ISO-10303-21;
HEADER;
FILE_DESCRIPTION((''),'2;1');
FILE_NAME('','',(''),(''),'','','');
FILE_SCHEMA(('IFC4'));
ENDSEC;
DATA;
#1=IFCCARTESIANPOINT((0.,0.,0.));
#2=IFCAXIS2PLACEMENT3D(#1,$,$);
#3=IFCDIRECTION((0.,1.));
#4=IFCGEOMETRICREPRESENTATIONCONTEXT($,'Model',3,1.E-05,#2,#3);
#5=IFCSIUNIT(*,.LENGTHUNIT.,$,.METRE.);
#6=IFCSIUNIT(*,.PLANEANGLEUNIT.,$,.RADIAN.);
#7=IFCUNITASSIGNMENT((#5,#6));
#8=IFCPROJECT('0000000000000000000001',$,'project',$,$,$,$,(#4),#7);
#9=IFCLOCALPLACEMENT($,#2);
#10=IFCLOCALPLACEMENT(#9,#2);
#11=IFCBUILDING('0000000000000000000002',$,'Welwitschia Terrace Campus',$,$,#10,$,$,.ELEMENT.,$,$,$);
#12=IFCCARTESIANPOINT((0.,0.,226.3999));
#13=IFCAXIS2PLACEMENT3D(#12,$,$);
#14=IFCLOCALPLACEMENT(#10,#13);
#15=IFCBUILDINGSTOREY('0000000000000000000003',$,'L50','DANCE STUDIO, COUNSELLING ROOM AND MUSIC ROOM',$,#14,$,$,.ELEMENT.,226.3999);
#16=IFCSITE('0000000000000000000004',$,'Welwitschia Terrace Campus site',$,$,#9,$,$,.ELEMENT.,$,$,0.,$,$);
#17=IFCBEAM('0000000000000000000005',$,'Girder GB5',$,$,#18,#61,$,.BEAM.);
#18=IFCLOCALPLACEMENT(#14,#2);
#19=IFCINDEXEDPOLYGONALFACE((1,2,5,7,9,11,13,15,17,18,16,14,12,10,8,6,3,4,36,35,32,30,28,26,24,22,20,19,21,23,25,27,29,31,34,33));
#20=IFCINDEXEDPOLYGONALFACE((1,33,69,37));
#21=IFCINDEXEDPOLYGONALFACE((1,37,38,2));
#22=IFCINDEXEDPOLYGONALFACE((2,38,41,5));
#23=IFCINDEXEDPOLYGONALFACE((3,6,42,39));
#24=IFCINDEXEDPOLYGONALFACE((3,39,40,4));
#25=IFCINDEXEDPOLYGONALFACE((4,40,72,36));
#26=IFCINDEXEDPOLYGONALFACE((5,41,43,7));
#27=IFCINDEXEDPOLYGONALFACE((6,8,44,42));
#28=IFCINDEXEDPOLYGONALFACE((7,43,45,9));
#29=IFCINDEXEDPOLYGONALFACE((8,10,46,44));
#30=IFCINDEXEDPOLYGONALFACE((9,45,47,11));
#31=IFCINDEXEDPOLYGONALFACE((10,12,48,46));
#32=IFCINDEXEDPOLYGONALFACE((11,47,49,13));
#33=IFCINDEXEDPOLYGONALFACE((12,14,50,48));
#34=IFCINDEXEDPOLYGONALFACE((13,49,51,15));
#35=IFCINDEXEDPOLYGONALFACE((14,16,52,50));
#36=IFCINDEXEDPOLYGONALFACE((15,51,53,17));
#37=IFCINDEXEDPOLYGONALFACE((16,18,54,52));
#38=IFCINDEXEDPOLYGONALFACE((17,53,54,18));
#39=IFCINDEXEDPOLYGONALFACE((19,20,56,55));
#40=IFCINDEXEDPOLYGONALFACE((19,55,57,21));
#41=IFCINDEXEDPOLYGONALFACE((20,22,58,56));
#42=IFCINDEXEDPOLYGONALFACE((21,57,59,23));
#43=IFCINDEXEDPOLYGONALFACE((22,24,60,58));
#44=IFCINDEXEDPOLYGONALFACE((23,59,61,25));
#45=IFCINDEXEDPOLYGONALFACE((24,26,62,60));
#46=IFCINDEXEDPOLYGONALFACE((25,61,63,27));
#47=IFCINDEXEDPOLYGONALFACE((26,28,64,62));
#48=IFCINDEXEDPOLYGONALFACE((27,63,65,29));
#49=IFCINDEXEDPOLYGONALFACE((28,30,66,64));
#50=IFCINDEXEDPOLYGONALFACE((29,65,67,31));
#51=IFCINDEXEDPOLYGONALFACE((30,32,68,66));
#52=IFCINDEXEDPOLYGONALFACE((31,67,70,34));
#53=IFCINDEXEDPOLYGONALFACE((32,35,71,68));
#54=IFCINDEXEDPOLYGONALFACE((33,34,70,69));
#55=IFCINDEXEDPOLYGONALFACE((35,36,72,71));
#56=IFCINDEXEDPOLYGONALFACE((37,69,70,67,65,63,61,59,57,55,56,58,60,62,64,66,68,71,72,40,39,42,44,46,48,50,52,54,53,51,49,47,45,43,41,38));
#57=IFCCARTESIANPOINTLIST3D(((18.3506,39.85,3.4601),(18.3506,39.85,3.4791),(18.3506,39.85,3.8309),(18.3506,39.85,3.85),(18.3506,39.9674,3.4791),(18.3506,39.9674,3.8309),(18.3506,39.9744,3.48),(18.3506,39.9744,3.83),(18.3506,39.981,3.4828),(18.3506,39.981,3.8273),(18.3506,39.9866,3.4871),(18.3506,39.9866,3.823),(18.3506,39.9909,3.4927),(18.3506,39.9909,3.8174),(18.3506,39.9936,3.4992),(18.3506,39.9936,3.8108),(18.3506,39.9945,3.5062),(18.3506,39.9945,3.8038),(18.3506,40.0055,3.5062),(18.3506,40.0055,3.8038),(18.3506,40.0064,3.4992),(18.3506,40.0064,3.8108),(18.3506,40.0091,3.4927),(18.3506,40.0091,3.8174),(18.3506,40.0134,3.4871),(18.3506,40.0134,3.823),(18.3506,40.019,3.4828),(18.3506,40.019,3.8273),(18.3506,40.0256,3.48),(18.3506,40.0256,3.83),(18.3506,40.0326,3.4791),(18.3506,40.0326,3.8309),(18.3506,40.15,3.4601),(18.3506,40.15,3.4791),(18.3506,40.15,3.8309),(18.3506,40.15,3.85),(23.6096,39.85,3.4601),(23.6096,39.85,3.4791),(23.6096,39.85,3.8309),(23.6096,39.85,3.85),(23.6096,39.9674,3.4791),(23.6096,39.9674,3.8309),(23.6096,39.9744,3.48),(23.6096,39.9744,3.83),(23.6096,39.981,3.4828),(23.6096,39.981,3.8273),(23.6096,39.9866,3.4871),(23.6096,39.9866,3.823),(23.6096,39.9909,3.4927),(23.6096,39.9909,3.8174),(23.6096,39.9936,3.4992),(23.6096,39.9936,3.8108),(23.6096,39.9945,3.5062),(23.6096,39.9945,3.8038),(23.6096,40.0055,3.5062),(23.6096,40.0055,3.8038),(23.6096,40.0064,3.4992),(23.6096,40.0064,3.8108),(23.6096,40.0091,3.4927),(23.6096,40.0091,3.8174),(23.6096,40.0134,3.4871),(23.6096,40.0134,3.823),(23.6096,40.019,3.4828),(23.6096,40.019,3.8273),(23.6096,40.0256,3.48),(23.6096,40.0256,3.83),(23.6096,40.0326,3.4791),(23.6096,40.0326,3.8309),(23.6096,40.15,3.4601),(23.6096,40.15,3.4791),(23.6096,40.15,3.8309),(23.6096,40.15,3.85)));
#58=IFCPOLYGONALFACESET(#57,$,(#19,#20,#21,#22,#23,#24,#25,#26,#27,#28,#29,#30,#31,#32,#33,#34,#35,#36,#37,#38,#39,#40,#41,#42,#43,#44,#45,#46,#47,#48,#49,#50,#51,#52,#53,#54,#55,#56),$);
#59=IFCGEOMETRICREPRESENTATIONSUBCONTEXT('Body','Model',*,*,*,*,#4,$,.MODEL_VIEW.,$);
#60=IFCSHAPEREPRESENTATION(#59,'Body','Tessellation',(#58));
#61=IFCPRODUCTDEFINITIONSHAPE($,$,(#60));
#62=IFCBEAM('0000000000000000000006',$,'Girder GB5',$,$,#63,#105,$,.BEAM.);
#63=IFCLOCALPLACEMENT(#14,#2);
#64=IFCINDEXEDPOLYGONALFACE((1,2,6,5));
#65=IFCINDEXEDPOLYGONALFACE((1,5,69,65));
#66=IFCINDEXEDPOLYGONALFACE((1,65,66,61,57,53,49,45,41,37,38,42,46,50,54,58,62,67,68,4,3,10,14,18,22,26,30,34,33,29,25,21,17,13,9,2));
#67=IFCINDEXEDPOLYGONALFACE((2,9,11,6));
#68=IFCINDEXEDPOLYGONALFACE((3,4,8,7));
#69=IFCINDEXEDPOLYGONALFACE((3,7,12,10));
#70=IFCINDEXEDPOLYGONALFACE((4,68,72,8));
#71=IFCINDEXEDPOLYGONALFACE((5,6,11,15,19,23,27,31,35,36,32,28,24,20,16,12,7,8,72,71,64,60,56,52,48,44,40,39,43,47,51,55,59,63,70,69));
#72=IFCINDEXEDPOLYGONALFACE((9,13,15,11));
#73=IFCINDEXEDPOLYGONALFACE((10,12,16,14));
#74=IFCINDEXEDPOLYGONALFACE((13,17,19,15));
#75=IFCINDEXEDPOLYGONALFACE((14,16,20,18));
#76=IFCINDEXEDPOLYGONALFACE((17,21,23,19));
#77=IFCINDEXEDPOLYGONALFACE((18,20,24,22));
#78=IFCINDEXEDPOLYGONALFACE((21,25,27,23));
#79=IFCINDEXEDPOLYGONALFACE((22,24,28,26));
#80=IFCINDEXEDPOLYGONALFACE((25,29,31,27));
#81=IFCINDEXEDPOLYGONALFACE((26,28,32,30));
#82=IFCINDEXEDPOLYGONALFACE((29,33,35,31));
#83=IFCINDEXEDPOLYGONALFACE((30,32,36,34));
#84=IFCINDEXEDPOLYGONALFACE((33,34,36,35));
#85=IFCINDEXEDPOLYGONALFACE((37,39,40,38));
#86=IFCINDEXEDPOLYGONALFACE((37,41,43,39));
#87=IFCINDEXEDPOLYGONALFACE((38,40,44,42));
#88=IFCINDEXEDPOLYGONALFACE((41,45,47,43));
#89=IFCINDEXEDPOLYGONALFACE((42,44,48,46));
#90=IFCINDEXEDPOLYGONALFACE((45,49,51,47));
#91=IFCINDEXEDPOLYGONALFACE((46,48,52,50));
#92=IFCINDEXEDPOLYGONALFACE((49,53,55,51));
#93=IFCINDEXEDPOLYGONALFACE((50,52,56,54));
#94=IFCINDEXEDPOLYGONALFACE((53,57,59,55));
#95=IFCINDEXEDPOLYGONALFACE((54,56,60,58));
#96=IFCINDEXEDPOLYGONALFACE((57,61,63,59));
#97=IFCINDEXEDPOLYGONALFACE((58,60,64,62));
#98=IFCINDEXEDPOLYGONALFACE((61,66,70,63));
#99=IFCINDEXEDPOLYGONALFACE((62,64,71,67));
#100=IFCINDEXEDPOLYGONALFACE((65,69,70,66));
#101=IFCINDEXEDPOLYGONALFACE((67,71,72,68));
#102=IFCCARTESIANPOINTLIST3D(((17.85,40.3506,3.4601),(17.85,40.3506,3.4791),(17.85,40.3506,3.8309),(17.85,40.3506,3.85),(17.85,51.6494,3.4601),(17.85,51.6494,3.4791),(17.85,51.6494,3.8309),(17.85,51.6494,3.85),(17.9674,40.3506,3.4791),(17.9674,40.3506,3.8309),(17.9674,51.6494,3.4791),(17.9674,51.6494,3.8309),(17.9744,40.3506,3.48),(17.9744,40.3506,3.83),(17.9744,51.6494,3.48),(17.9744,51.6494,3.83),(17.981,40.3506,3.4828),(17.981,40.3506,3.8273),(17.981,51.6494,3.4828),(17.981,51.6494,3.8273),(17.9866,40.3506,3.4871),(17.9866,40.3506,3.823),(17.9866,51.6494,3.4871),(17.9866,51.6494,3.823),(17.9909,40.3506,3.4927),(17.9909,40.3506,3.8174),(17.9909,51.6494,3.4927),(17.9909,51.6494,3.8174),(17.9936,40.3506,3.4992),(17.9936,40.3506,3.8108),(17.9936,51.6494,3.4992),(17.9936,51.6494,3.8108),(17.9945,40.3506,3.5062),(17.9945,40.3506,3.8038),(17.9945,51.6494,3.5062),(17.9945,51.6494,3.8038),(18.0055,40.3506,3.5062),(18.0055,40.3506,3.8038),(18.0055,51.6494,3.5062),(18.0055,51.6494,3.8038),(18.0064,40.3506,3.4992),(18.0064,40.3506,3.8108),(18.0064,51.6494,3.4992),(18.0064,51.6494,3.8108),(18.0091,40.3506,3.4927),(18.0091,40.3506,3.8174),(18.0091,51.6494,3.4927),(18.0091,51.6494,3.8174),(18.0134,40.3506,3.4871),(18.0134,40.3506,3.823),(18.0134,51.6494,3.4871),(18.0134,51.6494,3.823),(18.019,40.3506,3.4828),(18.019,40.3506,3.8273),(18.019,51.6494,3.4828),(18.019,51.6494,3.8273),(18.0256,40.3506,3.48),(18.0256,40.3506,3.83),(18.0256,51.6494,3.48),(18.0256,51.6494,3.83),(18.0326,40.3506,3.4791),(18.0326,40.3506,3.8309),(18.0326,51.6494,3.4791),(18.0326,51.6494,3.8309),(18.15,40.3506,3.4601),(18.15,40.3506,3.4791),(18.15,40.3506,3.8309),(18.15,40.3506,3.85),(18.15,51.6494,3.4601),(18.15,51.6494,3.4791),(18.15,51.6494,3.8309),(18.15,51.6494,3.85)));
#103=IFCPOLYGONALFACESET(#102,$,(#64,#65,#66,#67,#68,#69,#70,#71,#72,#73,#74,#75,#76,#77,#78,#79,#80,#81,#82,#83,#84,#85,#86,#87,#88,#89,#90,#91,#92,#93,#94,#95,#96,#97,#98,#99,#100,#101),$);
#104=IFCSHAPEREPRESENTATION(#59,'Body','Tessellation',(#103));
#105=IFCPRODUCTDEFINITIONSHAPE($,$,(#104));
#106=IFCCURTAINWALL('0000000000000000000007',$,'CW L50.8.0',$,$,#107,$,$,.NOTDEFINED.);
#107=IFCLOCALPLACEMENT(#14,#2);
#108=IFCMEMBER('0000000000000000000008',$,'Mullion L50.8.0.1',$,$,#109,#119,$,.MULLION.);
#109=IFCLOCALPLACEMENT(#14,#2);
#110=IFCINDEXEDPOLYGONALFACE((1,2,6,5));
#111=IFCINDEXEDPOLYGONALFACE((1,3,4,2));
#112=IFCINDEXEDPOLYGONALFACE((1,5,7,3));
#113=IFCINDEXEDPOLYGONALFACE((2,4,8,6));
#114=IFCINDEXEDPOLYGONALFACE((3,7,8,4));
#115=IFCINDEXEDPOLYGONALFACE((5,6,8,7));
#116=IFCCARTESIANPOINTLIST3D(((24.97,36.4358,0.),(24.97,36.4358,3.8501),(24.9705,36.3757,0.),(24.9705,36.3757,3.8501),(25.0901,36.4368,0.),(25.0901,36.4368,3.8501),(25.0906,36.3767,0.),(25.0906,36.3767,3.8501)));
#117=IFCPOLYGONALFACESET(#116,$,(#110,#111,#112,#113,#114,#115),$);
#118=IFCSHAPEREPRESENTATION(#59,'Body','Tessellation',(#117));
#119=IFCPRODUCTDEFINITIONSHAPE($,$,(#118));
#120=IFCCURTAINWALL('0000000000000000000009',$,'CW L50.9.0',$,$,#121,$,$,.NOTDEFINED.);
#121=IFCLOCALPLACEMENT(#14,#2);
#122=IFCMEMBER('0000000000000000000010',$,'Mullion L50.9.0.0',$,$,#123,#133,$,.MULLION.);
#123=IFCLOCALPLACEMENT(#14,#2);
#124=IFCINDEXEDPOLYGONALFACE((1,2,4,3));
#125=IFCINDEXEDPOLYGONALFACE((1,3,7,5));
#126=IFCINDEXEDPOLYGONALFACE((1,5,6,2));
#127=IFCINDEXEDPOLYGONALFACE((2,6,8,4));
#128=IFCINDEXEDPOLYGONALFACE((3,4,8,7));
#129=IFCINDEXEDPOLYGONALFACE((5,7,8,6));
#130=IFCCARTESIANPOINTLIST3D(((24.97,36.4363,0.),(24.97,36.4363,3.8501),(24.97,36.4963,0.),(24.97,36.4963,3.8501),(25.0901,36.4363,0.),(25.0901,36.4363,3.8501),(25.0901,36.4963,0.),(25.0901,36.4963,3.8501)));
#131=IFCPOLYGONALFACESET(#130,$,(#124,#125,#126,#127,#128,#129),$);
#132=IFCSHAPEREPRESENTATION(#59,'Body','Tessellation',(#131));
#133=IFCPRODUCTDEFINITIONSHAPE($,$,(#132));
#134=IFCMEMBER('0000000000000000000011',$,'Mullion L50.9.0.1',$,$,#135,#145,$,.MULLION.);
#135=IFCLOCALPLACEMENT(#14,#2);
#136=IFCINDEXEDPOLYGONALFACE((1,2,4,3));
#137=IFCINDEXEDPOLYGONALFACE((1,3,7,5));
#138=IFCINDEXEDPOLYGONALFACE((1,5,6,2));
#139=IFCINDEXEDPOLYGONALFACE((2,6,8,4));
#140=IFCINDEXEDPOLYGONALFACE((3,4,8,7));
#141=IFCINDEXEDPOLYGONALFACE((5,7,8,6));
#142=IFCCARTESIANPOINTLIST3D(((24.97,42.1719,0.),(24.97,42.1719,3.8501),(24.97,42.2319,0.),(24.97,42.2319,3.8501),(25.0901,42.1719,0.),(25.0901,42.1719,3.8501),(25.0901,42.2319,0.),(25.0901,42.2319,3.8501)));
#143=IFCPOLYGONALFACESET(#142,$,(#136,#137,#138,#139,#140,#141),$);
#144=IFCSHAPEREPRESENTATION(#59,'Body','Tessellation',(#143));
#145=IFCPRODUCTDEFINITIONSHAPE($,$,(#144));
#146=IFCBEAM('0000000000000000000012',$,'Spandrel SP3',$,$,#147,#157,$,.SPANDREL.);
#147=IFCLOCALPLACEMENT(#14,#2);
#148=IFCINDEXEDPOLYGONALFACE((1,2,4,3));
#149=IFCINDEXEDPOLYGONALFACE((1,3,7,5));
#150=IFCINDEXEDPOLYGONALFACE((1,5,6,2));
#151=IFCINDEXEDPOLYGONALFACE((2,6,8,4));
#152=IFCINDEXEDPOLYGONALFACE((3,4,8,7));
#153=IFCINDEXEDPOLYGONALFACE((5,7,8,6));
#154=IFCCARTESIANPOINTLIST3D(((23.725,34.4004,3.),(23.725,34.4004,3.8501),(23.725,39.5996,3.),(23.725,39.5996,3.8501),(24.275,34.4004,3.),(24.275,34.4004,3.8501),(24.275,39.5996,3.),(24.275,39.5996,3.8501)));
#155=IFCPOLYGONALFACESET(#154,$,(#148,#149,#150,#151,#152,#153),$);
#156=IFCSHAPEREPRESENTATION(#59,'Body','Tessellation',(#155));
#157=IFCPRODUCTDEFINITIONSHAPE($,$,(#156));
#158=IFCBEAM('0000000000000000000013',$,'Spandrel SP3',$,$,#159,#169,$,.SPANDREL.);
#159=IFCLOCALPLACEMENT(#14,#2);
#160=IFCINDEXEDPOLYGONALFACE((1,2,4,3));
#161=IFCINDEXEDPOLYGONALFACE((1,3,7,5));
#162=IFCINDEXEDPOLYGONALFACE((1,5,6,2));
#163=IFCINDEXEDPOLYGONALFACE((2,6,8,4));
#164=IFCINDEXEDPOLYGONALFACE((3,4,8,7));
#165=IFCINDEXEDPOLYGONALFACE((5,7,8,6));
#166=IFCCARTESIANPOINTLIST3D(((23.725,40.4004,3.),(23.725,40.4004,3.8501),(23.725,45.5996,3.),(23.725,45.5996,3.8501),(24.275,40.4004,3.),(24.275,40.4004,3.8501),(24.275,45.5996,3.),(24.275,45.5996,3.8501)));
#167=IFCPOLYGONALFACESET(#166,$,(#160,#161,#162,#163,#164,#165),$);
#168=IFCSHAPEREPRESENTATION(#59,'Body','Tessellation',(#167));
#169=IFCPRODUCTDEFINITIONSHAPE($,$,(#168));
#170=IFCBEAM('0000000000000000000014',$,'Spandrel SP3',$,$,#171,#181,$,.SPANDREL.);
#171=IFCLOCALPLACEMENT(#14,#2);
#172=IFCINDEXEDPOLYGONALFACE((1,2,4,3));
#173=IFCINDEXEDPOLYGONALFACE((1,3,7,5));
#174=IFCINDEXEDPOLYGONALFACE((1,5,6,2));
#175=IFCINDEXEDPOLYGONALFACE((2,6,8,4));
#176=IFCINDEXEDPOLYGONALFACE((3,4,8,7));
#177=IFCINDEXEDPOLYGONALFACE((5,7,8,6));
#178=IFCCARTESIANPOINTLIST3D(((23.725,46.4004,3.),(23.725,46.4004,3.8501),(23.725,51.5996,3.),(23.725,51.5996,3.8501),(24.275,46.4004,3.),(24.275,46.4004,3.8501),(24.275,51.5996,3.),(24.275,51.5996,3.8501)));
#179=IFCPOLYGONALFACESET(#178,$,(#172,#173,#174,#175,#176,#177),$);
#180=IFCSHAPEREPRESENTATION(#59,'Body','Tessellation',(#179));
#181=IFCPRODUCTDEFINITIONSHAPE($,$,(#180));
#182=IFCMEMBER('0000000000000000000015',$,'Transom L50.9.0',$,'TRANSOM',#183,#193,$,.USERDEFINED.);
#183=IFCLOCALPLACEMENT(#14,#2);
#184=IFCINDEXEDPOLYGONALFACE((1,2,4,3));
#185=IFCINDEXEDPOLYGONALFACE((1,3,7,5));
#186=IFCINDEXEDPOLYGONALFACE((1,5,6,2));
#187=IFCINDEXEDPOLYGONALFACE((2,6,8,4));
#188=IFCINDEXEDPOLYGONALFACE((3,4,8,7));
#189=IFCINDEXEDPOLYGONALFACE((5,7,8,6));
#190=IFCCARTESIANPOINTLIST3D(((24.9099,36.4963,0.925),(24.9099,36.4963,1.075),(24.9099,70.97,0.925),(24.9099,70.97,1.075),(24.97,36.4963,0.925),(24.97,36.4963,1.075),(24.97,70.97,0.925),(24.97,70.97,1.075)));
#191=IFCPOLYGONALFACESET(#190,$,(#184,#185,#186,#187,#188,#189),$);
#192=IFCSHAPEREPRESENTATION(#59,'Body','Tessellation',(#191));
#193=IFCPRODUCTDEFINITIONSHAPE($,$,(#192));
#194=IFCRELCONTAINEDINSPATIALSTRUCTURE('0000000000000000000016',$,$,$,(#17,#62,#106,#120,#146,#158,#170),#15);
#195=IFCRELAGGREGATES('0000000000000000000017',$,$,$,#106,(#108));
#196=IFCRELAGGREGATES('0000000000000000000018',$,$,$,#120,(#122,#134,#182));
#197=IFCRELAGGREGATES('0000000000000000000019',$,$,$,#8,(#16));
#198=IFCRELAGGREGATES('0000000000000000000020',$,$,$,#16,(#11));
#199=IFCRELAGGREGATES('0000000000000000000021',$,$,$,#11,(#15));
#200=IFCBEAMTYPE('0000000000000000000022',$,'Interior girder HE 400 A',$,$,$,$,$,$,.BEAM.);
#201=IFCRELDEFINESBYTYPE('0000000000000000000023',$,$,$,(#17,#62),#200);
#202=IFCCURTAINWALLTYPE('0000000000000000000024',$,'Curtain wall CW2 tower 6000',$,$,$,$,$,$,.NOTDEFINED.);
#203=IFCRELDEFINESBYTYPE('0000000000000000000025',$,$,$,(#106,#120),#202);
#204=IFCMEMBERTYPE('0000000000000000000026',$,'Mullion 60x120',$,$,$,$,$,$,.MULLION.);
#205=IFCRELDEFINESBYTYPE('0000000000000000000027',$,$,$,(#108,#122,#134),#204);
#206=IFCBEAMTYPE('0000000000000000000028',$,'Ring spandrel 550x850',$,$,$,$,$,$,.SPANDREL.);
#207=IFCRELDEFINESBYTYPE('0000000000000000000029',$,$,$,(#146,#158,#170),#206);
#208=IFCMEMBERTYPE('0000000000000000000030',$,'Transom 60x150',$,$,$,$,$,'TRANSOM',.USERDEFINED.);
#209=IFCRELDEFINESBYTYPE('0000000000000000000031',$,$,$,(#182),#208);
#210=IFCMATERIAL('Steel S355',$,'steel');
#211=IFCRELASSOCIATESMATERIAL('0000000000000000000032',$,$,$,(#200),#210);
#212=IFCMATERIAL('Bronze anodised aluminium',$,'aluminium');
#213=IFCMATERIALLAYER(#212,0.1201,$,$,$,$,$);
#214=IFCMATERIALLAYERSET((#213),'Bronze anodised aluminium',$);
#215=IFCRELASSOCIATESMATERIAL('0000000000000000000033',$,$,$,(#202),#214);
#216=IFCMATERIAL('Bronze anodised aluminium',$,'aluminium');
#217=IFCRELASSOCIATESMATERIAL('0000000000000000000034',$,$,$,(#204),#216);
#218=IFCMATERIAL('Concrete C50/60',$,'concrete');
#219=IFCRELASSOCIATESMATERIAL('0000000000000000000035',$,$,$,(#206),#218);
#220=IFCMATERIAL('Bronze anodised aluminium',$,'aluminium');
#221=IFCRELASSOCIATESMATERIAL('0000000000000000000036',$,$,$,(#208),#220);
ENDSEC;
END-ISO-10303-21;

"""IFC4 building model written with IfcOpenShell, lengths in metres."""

from ifc_helpers import new_model, si_unit, direction, frame, origin, origin_2d, place, context, subcontext, project, spatial, rectangle, i_section, extrude, material, layer, layer_set, material_profile, profile_set, type_object, element, aggregate, save


model = new_model("IFC4")

# Units and contexts
model_context = context("Model", 3, precision=1e-05, world=origin(), true_north=direction((0.0, 1.0)))
body_context = subcontext(model_context, "Body", "Model", "MODEL_VIEW")
ifc_project = project(units=[si_unit("LENGTHUNIT", "METRE"), si_unit("PLANEANGLEUNIT", "RADIAN")], contexts=[model_context])

# Site, building, storey
site_placement = place(None, origin())
site = spatial("IfcSite", under=ifc_project, at=site_placement, Name="Welwitschia Terrace Campus site", CompositionType="ELEMENT", RefElevation=0.0)
building_placement = place(site_placement, origin())
building = spatial("IfcBuilding", under=site, at=building_placement, Name="Welwitschia Terrace Campus", CompositionType="ELEMENT")
storey_placement = place(building_placement, frame((0.0, 0.0, 226.3999)))
storey = spatial("IfcBuildingStorey", under=building, at=storey_placement, Name="L50", Description="DANCE STUDIO, COUNSELLING ROOM AND MUSIC ROOM", CompositionType="ELEMENT", Elevation=226.3999)

# Beams
ifc_material_1 = material(Name="Steel S355", Category="steel")
ifc_material_profile_1 = material_profile(ifc_material_1, i_section(OverallWidth=0.3, OverallDepth=0.3899, WebThickness=0.011, FlangeThickness=0.019, FilletRadius=0.0271, at=origin_2d()))
ifc_profile_set_1 = profile_set([ifc_material_profile_1], Name="Steel S355")
beam_type_1 = type_object("IfcBeamType", Name="Interior girder HE 400 A", PredefinedType="BEAM", material=ifc_profile_set_1)
beam_1_placement = place(storey_placement, frame((18.3506, 40.0, 3.655), z_axis=(1.0, 0.0, 0.0), x_axis=(0.0, 1.0, 0.0)))
element("IfcBeam", 1, at=beam_1_placement, inside=storey, type_object=beam_type_1, Name="Girder GB5", PredefinedType="BEAM", context=body_context, shape_type="SweptSolid", body=[
    extrude(i_section(OverallWidth=0.3, OverallDepth=0.3899, WebThickness=0.011, FlangeThickness=0.019, FilletRadius=0.0271, at=origin_2d()), origin(), (0.0, 0.0, 1.0), 5.259),
])
beam_2_placement = place(storey_placement, frame((18.0, 40.3506, 3.655), z_axis=(0.0, 1.0, 0.0), x_axis=(-1.0, 0.0, 0.0)))
element("IfcBeam", 2, at=beam_2_placement, inside=storey, type_object=beam_type_1, Name="Girder GB5", PredefinedType="BEAM", context=body_context, shape_type="SweptSolid", body=[
    extrude(i_section(OverallWidth=0.3, OverallDepth=0.3899, WebThickness=0.011, FlangeThickness=0.019, FilletRadius=0.0271, at=origin_2d()), origin(), (0.0, 0.0, 1.0), 11.2988),
])

# Curtain wall, member
ifc_material_2 = material(Name="Bronze anodised aluminium", Category="aluminium")
ifc_layer_1 = layer(ifc_material_2, 0.1201)
ifc_layer_set_1 = layer_set([ifc_layer_1], Name="Bronze anodised aluminium")
curtain_wall_type = type_object("IfcCurtainWallType", Name="Curtain wall CW2 tower 6000", PredefinedType="NOTDEFINED", material=ifc_layer_set_1)
curtain_wall_1_placement = place(storey_placement, origin())
curtain_wall_1 = element("IfcCurtainWall", 3, at=curtain_wall_1_placement, inside=storey, type_object=curtain_wall_type, Name="CW L50.8.0", PredefinedType="NOTDEFINED")
ifc_material_3 = material(Name="Bronze anodised aluminium", Category="aluminium")
ifc_material_profile_2 = material_profile(ifc_material_3, rectangle(XDim=0.1201, YDim=0.0601, at=origin_2d()))
ifc_profile_set_2 = profile_set([ifc_material_profile_2], Name="Bronze anodised aluminium")
member_type_1 = type_object("IfcMemberType", Name="Mullion 60x120", PredefinedType="MULLION", material=ifc_profile_set_2)
member_1_placement = place(storey_placement, frame((25.0303, 36.4062, 0.0), z_axis=(0.0, 0.0, 1.0), x_axis=(-0.999962, -0.008727, 0.0)))
member_1 = element("IfcMember", 4, at=member_1_placement, type_object=member_type_1, Name="Mullion L50.8.0.1", PredefinedType="MULLION", context=body_context, shape_type="SweptSolid", body=[
    extrude(rectangle(XDim=0.1201, YDim=0.0601, at=origin_2d()), origin(), (0.0, 0.0, 1.0), 3.8501),
])
aggregate(curtain_wall_1, [member_1])

# Curtain wall, members
curtain_wall_2_placement = place(storey_placement, origin())
curtain_wall_2 = element("IfcCurtainWall", 5, at=curtain_wall_2_placement, inside=storey, type_object=curtain_wall_type, Name="CW L50.9.0", PredefinedType="NOTDEFINED")
member_2_placement = place(storey_placement, frame((25.03, 36.4663, 0.0), z_axis=(0.0, 0.0, 1.0), x_axis=(-1.0, 0.0, 0.0)))
member_2 = element("IfcMember", 6, at=member_2_placement, type_object=member_type_1, Name="Mullion L50.9.0.0", PredefinedType="MULLION", context=body_context, shape_type="SweptSolid", body=[
    extrude(rectangle(XDim=0.1201, YDim=0.0601, at=origin_2d()), origin(), (0.0, 0.0, 1.0), 3.8501),
])
member_3_placement = place(storey_placement, frame((25.03, 42.2019, 0.0), z_axis=(0.0, 0.0, 1.0), x_axis=(-1.0, 0.0, 0.0)))
member_3 = element("IfcMember", 7, at=member_3_placement, type_object=member_type_1, Name="Mullion L50.9.0.1", PredefinedType="MULLION", context=body_context, shape_type="SweptSolid", body=[
    extrude(rectangle(XDim=0.1201, YDim=0.0601, at=origin_2d()), origin(), (0.0, 0.0, 1.0), 3.8501),
])

# Beams
ifc_material_4 = material(Name="Concrete C50/60", Category="concrete")
ifc_material_profile_3 = material_profile(ifc_material_4, rectangle(XDim=0.55, YDim=0.8501, at=origin_2d()))
ifc_profile_set_3 = profile_set([ifc_material_profile_3], Name="Concrete C50/60")
beam_type_2 = type_object("IfcBeamType", Name="Ring spandrel 550x850", PredefinedType="SPANDREL", material=ifc_profile_set_3)
for number, where, z_axis, x_axis, name in (
    (8, (24.0, 34.4004, 3.425), (0.0, 1.0, 0.0), (-1.0, 0.0, 0.0), "Spandrel SP3"),
    (9, (24.0, 40.4004, 3.425), (0.0, 1.0, 0.0), (-1.0, 0.0, 0.0), "Spandrel SP3"),
    (10, (24.0, 46.4004, 3.425), (0.0, 1.0, 0.0), (-1.0, 0.0, 0.0), "Spandrel SP3"),
):
    element("IfcBeam", number, at=place(storey_placement, frame(where, z_axis=z_axis, x_axis=x_axis)), inside=storey, type_object=beam_type_2, Name=name, PredefinedType="SPANDREL", context=body_context, shape_type="SweptSolid", body=[
        extrude(rectangle(XDim=0.55, YDim=0.8501, at=origin_2d()), origin(), (0.0, 0.0, 1.0), 5.1992),
    ])

# Member
ifc_material_5 = material(Name="Bronze anodised aluminium", Category="aluminium")
ifc_material_profile_4 = material_profile(ifc_material_5, rectangle(XDim=0.0601, YDim=0.1499, at=origin_2d()))
ifc_profile_set_4 = profile_set([ifc_material_profile_4], Name="Bronze anodised aluminium")
member_type_2 = type_object("IfcMemberType", Name="Transom 60x150", ElementType="TRANSOM", PredefinedType="USERDEFINED", material=ifc_profile_set_4)
member_4_placement = place(storey_placement, frame((24.9399, 36.4963, 1.0), z_axis=(0.0, 1.0, 0.0), x_axis=(-1.0, 0.0, 0.0)))
member_4 = element("IfcMember", 11, at=member_4_placement, type_object=member_type_2, Name="Transom L50.9.0", ObjectType="TRANSOM", PredefinedType="USERDEFINED", context=body_context, shape_type="SweptSolid", body=[
    extrude(rectangle(XDim=0.0601, YDim=0.1499, at=origin_2d()), origin(), (0.0, 0.0, 1.0), 34.4736),
])

aggregate(curtain_wall_2, [member_2, member_3, member_4])

save(model, "model.ifc")
